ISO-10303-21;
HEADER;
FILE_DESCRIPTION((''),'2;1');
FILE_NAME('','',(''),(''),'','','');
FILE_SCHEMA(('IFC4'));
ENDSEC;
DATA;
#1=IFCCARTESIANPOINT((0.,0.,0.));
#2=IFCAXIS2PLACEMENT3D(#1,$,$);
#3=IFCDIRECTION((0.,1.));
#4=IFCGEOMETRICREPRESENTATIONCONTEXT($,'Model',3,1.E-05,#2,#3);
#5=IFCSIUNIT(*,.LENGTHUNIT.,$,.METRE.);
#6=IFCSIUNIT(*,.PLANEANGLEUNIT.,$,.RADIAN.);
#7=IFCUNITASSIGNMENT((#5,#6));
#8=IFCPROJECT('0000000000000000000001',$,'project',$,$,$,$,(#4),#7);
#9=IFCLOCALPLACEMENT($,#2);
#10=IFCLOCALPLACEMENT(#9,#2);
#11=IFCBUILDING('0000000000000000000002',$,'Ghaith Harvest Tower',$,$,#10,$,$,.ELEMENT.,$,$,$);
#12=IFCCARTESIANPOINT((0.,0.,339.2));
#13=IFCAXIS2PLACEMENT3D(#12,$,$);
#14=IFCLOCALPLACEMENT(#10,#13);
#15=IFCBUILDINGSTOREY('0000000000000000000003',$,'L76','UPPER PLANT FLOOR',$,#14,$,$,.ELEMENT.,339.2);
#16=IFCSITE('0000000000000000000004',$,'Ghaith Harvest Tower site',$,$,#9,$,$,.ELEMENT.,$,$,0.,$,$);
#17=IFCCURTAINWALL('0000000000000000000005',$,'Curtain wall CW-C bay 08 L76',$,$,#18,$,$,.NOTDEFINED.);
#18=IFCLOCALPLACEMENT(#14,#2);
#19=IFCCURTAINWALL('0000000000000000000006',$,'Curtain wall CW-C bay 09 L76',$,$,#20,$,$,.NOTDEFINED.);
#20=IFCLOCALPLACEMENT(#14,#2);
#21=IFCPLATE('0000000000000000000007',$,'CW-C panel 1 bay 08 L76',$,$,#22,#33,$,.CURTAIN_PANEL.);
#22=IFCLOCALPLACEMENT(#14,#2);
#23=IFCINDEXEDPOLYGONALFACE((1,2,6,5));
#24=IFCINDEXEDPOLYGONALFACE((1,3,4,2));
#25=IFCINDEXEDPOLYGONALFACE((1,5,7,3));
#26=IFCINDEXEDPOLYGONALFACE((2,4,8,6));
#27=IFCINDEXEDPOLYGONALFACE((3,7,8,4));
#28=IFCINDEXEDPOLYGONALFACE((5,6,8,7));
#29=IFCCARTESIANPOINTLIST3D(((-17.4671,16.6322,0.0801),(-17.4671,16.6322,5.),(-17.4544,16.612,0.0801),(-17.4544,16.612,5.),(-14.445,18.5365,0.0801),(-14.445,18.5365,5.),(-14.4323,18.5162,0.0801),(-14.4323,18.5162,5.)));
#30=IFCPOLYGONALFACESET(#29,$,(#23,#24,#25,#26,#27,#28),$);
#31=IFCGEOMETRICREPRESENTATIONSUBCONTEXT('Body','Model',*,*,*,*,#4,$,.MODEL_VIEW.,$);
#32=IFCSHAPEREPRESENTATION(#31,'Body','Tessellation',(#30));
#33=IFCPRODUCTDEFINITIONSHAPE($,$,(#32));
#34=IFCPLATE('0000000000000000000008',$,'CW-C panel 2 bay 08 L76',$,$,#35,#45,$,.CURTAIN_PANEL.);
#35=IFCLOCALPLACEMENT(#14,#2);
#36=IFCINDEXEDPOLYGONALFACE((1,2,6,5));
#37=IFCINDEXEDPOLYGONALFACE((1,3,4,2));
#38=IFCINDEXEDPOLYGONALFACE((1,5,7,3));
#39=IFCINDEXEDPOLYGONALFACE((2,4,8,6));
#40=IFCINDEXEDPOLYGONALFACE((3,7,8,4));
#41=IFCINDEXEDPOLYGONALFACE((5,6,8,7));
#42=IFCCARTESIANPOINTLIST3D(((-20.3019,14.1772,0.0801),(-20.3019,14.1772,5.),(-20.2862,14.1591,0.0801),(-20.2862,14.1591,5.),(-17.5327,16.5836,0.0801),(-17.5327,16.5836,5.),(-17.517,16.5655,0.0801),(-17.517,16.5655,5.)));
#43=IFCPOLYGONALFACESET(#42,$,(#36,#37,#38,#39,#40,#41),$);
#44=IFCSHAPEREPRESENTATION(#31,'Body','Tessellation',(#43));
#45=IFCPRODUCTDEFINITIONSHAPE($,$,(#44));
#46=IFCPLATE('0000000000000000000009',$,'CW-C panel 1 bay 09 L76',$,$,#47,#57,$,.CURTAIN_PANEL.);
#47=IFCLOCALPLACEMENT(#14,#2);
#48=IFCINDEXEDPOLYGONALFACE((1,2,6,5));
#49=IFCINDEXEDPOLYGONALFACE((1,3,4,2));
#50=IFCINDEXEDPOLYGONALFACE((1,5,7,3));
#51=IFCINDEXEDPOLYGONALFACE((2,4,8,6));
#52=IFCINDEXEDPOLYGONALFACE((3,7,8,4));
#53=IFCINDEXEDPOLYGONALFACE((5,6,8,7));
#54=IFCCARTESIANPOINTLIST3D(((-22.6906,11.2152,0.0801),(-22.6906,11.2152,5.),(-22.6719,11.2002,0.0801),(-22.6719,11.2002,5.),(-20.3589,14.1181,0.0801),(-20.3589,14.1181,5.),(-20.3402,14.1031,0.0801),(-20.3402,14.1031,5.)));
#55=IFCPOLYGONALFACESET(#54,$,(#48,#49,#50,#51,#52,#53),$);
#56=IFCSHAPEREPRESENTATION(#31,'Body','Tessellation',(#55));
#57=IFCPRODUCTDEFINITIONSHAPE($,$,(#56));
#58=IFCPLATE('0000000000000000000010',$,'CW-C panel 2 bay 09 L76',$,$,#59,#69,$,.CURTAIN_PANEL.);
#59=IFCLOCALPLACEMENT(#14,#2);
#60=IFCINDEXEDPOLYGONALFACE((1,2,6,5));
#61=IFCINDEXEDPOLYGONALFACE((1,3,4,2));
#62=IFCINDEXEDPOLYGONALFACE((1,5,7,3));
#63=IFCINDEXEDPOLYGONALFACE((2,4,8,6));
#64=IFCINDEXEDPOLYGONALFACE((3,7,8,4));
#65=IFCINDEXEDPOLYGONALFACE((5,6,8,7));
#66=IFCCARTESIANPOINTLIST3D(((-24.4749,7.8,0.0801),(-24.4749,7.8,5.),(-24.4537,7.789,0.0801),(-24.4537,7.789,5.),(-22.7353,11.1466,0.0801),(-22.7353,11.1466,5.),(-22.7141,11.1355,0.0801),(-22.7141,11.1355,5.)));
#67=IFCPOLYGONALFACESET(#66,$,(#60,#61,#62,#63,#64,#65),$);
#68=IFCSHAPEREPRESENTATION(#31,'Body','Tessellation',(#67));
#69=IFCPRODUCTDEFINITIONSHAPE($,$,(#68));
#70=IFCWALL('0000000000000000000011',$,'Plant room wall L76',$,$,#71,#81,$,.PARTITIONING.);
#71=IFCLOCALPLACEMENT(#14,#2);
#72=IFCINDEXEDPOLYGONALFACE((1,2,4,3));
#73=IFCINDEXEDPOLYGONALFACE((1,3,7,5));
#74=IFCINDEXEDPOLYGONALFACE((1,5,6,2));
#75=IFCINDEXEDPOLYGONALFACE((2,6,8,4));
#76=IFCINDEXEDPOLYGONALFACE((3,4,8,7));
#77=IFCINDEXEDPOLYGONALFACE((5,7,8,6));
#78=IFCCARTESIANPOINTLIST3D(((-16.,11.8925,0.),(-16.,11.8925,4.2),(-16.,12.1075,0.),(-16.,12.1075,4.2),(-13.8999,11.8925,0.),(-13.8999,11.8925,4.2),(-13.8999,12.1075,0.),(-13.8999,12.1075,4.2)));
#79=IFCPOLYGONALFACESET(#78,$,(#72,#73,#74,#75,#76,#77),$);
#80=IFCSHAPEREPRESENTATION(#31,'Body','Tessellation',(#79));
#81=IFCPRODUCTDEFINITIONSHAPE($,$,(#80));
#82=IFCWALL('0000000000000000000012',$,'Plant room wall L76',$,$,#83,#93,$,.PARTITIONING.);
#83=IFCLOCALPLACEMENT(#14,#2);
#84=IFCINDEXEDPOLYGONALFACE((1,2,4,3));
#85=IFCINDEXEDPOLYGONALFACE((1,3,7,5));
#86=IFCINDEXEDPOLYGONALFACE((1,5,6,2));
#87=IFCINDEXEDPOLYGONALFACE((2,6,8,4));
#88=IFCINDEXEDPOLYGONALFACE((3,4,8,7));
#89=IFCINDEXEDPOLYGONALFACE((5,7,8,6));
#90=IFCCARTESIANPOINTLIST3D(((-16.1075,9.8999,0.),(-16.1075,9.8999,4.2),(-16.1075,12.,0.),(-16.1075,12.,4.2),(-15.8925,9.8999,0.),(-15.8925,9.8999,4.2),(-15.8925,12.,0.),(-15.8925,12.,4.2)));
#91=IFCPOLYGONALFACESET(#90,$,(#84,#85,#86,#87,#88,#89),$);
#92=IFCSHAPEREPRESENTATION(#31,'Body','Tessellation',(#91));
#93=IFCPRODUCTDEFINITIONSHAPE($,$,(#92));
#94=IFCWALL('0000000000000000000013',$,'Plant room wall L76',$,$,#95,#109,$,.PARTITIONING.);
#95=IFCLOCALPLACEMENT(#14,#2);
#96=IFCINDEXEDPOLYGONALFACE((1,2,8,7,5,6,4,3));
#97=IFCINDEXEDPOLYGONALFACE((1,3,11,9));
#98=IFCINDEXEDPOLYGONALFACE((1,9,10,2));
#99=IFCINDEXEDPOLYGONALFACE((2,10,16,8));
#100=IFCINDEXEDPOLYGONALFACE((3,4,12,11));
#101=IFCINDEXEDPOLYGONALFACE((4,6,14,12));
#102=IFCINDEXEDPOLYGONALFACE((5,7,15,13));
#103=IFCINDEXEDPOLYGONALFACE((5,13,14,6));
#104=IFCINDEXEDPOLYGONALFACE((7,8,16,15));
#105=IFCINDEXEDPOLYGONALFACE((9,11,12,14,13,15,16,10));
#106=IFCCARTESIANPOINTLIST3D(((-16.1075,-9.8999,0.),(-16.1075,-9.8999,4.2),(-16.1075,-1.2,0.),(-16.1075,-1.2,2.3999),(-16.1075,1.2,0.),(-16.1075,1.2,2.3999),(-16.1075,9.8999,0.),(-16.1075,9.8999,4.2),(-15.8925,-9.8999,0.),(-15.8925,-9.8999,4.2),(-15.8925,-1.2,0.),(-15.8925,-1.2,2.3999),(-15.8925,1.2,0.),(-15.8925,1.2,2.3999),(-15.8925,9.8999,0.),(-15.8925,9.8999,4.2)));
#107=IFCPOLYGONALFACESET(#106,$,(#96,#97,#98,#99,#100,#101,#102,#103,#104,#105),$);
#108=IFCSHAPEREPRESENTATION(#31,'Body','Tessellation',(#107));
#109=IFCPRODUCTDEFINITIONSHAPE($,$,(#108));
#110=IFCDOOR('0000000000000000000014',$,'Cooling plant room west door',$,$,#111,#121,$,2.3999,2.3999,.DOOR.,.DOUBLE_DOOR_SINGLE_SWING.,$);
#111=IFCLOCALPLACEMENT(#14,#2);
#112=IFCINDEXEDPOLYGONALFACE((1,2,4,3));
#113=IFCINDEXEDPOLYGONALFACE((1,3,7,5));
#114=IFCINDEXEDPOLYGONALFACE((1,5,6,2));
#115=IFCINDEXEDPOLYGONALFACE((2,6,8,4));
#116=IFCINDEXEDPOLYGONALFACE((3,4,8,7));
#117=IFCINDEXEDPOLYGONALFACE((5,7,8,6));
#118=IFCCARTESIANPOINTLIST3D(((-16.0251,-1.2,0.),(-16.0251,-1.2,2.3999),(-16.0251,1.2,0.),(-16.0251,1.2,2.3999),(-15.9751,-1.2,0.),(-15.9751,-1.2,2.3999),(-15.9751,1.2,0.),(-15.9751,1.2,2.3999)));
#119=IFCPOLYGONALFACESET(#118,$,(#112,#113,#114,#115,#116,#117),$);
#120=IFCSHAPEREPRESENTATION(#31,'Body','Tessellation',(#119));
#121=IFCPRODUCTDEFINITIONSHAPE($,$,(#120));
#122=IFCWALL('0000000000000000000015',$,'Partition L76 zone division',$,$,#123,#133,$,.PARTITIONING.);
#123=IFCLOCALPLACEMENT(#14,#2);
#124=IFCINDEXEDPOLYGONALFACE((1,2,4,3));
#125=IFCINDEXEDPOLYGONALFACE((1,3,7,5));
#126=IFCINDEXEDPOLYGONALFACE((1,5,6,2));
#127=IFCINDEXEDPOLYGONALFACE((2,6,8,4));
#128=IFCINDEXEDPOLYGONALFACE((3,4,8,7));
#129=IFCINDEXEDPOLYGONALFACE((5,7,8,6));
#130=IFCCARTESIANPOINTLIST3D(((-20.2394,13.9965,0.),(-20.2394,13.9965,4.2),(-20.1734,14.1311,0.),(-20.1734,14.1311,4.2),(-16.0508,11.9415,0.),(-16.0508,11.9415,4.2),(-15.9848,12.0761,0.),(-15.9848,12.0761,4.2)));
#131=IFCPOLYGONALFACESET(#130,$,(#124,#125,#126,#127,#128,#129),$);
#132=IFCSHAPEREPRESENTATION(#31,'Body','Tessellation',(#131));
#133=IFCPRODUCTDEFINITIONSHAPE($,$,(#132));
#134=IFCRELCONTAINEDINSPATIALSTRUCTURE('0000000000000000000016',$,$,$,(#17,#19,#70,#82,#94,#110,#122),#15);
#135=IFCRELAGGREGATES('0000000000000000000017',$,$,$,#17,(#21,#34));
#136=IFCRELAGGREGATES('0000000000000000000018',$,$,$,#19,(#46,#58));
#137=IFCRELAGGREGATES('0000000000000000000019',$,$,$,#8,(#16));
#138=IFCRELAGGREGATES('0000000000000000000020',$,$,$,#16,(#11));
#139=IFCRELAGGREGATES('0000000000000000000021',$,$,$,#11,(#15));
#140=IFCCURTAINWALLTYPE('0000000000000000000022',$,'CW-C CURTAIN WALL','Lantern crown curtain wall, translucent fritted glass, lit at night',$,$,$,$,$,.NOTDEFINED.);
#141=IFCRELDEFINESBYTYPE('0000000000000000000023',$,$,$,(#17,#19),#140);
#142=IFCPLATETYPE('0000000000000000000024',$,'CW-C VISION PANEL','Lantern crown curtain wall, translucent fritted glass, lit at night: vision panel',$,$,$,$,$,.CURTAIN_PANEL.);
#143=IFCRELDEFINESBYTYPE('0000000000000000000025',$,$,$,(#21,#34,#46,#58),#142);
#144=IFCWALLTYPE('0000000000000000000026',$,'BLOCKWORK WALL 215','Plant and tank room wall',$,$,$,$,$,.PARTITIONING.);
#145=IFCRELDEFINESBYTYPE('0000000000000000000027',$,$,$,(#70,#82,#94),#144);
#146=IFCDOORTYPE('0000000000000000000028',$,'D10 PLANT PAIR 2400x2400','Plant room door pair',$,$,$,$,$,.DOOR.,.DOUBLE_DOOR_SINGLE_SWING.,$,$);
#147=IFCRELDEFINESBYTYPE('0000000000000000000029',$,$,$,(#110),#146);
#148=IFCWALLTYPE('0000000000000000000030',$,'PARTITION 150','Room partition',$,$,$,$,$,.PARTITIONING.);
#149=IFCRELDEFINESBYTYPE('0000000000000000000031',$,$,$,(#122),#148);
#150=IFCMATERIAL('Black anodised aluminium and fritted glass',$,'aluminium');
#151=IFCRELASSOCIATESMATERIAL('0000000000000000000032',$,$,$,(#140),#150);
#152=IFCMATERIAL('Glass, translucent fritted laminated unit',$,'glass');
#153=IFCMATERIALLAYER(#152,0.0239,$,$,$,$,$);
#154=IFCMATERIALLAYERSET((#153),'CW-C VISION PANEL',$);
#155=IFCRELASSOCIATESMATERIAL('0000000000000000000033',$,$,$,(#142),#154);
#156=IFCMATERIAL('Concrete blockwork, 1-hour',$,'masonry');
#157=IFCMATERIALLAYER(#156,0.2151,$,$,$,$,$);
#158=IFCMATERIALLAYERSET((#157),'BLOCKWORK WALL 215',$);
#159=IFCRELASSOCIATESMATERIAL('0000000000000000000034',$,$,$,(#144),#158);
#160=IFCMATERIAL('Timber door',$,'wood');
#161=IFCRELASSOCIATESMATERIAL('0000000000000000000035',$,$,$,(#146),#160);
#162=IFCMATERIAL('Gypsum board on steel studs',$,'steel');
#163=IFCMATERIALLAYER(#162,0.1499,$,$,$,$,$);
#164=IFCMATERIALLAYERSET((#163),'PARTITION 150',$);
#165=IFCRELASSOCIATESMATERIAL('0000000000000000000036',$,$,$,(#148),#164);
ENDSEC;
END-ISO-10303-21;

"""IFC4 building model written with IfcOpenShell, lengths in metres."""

from ifc_helpers import new_model, si_unit, direction, frame, frame_2d, origin, origin_2d, place, context, subcontext, project, spatial, rectangle, extrude, material, layer, layer_set, type_object, element, fill, aggregate, save


model = new_model("IFC4")

# Units and contexts
model_context = context("Model", 3, precision=1e-05, world=origin(), true_north=direction((0.0, 1.0)))
body_context = subcontext(model_context, "Body", "Model", "MODEL_VIEW")
ifc_project = project(units=[si_unit("LENGTHUNIT", "METRE"), si_unit("PLANEANGLEUNIT", "RADIAN")], contexts=[model_context])

# Site, building, storey
site_placement = place(None, origin())
site = spatial("IfcSite", under=ifc_project, at=site_placement, Name="Ghaith Harvest Tower site", CompositionType="ELEMENT", RefElevation=0.0)
building_placement = place(site_placement, origin())
building = spatial("IfcBuilding", under=site, at=building_placement, Name="Ghaith Harvest Tower", CompositionType="ELEMENT")
storey_placement = place(building_placement, frame((0.0, 0.0, 339.2)))
storey = spatial("IfcBuildingStorey", under=building, at=storey_placement, Name="L76", Description="UPPER PLANT FLOOR", CompositionType="ELEMENT", Elevation=339.2)

# Curtain walls
ifc_material_1 = material(Name="Black anodised aluminium and fritted glass", Category="aluminium")
curtain_wall_type = type_object("IfcCurtainWallType", Name="CW-C CURTAIN WALL", Description="Lantern crown curtain wall, translucent fritted glass, lit at night", PredefinedType="NOTDEFINED", material=ifc_material_1)
curtain_wall_1_placement = place(storey_placement, origin())
curtain_wall_1 = element("IfcCurtainWall", 1, at=curtain_wall_1_placement, inside=storey, type_object=curtain_wall_type, Name="Curtain wall CW-C bay 08 L76", PredefinedType="NOTDEFINED")
curtain_wall_2_placement = place(storey_placement, origin())
curtain_wall_2 = element("IfcCurtainWall", 2, at=curtain_wall_2_placement, inside=storey, type_object=curtain_wall_type, Name="Curtain wall CW-C bay 09 L76", PredefinedType="NOTDEFINED")

# Plates
ifc_material_2 = material(Name="Glass, translucent fritted laminated unit", Category="glass")
ifc_layer_1 = layer(ifc_material_2, 0.0239)
ifc_layer_set_1 = layer_set([ifc_layer_1], Name="CW-C VISION PANEL")
plate_type = type_object("IfcPlateType", Name="CW-C VISION PANEL", Description="Lantern crown curtain wall, translucent fritted glass, lit at night: vision panel", PredefinedType="CURTAIN_PANEL", material=ifc_layer_set_1)
plate_1_placement = place(storey_placement, frame((-15.9497, 17.5742, 0.0801), z_axis=(0.0, 0.0, 1.0), x_axis=(-0.846043, -0.533114, 0.0)))
plate_1 = element("IfcPlate", 3, at=plate_1_placement, type_object=plate_type, Name="CW-C panel 1 bay 08 L76", PredefinedType="CURTAIN_PANEL", context=body_context, shape_type="SweptSolid", body=[
    extrude(rectangle(XDim=3.572, YDim=0.0239, at=origin_2d()), origin(), (0.0, 0.0, 1.0), 4.9199),
])
plate_2_placement = place(storey_placement, frame((-18.9094, 15.3713, 0.0801), z_axis=(0.0, 0.0, 1.0), x_axis=(-0.754829, -0.655922, 0.0)))
plate_2 = element("IfcPlate", 4, at=plate_2_placement, type_object=plate_type, Name="CW-C panel 2 bay 08 L76", PredefinedType="CURTAIN_PANEL", context=body_context, shape_type="SweptSolid", body=[
    extrude(rectangle(XDim=3.6687, YDim=0.0239, at=origin_2d()), origin(), (0.0, 0.0, 1.0), 4.9199),
])
aggregate(curtain_wall_1, [plate_1, plate_2])
plate_3_placement = place(storey_placement, frame((-21.5154, 12.6592, 0.0801), z_axis=(0.0, 0.0, 1.0), x_axis=(-0.62623, -0.779639, 0.0)))
plate_3 = element("IfcPlate", 5, at=plate_3_placement, type_object=plate_type, Name="CW-C panel 1 bay 09 L76", PredefinedType="CURTAIN_PANEL", context=body_context, shape_type="SweptSolid", body=[
    extrude(rectangle(XDim=3.7234, YDim=0.0239, at=origin_2d()), origin(), (0.0, 0.0, 1.0), 4.9199),
])
plate_4_placement = place(storey_placement, frame((-23.5945, 9.4678, 0.0801), z_axis=(0.0, 0.0, 1.0), x_axis=(-0.46123, -0.887281, 0.0)))
plate_4 = element("IfcPlate", 6, at=plate_4_placement, type_object=plate_type, Name="CW-C panel 2 bay 09 L76", PredefinedType="CURTAIN_PANEL", context=body_context, shape_type="SweptSolid", body=[
    extrude(rectangle(XDim=3.7717, YDim=0.0239, at=origin_2d()), origin(), (0.0, 0.0, 1.0), 4.9199),
])
aggregate(curtain_wall_2, [plate_3, plate_4])

# Walls
ifc_material_3 = material(Name="Concrete blockwork, 1-hour", Category="masonry")
ifc_layer_2 = layer(ifc_material_3, 0.2151)
ifc_layer_set_2 = layer_set([ifc_layer_2], Name="BLOCKWORK WALL 215")
wall_type_1 = type_object("IfcWallType", Name="BLOCKWORK WALL 215", Description="Plant and tank room wall", PredefinedType="PARTITIONING", material=ifc_layer_set_2)
for number, where, z_axis, x_axis, name in (
    (7, (-13.8999, 12.0, 0.0), (0.0, 0.0, 1.0), (-1.0, 0.0, 0.0), "Plant room wall L76"),
    (8, (-16.0, 12.0, 0.0), (0.0, 0.0, 1.0), (0.0, -1.0, 0.0), "Plant room wall L76"),
):
    element("IfcWall", number, at=place(storey_placement, frame(where, z_axis=z_axis, x_axis=x_axis)), inside=storey, type_object=wall_type_1, Name=name, PredefinedType="PARTITIONING", context=body_context, shape_type="SweptSolid", body=[
        extrude(rectangle(XDim=2.1001, YDim=0.2151, at=frame_2d((1.05, 0.0))), origin(), (0.0, 0.0, 1.0), 4.2),
    ])

# Wall, opening, door
wall_1_placement = place(storey_placement, frame((-16.0, 9.8999, 0.0), z_axis=(0.0, 0.0, 1.0), x_axis=(0.0, -1.0, 0.0)))
wall_1 = element("IfcWall", 9, at=wall_1_placement, inside=storey, type_object=wall_type_1, Name="Plant room wall L76", PredefinedType="PARTITIONING", context=body_context, shape_type="SweptSolid", body=[
    extrude(rectangle(XDim=19.7998, YDim=0.2151, at=frame_2d((9.8999, 0.0))), origin(), (0.0, 0.0, 1.0), 4.2),
])
opening_1_placement = place(wall_1_placement, frame((8.7, 0.0, 0.0)))
opening_1 = element("IfcOpeningElement", 10, at=opening_1_placement, cuts=wall_1, PredefinedType="OPENING", context=body_context, shape_type="SweptSolid", body=[
    extrude(rectangle(XDim=2.3999, YDim=2.3999, at=frame_2d((1.2, 1.2))), frame((0.0, 0.1177, 0.0), z_axis=(0.0, -1.0, 0.0), x_axis=(1.0, 0.0, 0.0)), (0.0, 0.0, 1.0), 0.2351),
])
ifc_material_4 = material(Name="Timber door", Category="wood")
door_type_1 = type_object("IfcDoorType", Name="D10 PLANT PAIR 2400x2400", Description="Plant room door pair", OperationType="DOUBLE_DOOR_SINGLE_SWING", PredefinedType="DOOR", material=ifc_material_4)
door_1_placement = place(opening_1_placement, origin())
door_1 = element("IfcDoor", 11, at=door_1_placement, inside=storey, type_object=door_type_1, Name="Cooling plant room west door", OperationType="DOUBLE_DOOR_SINGLE_SWING", OverallHeight=2.3999, OverallWidth=2.3999, PredefinedType="DOOR", context=body_context, shape_type="SweptSolid", body=[
    extrude(rectangle(XDim=2.3999, YDim=2.3999, at=frame_2d((1.2, 1.2))), frame((0.0, 0.0249, 0.0), z_axis=(0.0, -1.0, 0.0), x_axis=(1.0, 0.0, 0.0)), (0.0, 0.0, 1.0), 0.05),
])
fill(opening_1, door_1)

# Wall
ifc_material_5 = material(Name="Gypsum board on steel studs", Category="steel")
ifc_layer_3 = layer(ifc_material_5, 0.1499)
ifc_layer_set_3 = layer_set([ifc_layer_3], Name="PARTITION 150")
wall_type_2 = type_object("IfcWallType", Name="PARTITION 150", Description="Room partition", PredefinedType="PARTITIONING", material=ifc_layer_set_3)
wall_2_placement = place(storey_placement, frame((-16.0178, 12.0088, 0.0), z_axis=(0.0, 0.0, 1.0), x_axis=(-0.897772, 0.440461, 0.0)))
element("IfcWall", 12, at=wall_2_placement, inside=storey, type_object=wall_type_2, Name="Partition L76 zone division", PredefinedType="PARTITIONING", context=body_context, shape_type="SweptSolid", body=[
    extrude(rectangle(XDim=4.6655, YDim=0.1499, at=frame_2d((2.3328, 0.0))), origin(), (0.0, 0.0, 1.0), 4.2),
])

save(model, "model.ifc")
